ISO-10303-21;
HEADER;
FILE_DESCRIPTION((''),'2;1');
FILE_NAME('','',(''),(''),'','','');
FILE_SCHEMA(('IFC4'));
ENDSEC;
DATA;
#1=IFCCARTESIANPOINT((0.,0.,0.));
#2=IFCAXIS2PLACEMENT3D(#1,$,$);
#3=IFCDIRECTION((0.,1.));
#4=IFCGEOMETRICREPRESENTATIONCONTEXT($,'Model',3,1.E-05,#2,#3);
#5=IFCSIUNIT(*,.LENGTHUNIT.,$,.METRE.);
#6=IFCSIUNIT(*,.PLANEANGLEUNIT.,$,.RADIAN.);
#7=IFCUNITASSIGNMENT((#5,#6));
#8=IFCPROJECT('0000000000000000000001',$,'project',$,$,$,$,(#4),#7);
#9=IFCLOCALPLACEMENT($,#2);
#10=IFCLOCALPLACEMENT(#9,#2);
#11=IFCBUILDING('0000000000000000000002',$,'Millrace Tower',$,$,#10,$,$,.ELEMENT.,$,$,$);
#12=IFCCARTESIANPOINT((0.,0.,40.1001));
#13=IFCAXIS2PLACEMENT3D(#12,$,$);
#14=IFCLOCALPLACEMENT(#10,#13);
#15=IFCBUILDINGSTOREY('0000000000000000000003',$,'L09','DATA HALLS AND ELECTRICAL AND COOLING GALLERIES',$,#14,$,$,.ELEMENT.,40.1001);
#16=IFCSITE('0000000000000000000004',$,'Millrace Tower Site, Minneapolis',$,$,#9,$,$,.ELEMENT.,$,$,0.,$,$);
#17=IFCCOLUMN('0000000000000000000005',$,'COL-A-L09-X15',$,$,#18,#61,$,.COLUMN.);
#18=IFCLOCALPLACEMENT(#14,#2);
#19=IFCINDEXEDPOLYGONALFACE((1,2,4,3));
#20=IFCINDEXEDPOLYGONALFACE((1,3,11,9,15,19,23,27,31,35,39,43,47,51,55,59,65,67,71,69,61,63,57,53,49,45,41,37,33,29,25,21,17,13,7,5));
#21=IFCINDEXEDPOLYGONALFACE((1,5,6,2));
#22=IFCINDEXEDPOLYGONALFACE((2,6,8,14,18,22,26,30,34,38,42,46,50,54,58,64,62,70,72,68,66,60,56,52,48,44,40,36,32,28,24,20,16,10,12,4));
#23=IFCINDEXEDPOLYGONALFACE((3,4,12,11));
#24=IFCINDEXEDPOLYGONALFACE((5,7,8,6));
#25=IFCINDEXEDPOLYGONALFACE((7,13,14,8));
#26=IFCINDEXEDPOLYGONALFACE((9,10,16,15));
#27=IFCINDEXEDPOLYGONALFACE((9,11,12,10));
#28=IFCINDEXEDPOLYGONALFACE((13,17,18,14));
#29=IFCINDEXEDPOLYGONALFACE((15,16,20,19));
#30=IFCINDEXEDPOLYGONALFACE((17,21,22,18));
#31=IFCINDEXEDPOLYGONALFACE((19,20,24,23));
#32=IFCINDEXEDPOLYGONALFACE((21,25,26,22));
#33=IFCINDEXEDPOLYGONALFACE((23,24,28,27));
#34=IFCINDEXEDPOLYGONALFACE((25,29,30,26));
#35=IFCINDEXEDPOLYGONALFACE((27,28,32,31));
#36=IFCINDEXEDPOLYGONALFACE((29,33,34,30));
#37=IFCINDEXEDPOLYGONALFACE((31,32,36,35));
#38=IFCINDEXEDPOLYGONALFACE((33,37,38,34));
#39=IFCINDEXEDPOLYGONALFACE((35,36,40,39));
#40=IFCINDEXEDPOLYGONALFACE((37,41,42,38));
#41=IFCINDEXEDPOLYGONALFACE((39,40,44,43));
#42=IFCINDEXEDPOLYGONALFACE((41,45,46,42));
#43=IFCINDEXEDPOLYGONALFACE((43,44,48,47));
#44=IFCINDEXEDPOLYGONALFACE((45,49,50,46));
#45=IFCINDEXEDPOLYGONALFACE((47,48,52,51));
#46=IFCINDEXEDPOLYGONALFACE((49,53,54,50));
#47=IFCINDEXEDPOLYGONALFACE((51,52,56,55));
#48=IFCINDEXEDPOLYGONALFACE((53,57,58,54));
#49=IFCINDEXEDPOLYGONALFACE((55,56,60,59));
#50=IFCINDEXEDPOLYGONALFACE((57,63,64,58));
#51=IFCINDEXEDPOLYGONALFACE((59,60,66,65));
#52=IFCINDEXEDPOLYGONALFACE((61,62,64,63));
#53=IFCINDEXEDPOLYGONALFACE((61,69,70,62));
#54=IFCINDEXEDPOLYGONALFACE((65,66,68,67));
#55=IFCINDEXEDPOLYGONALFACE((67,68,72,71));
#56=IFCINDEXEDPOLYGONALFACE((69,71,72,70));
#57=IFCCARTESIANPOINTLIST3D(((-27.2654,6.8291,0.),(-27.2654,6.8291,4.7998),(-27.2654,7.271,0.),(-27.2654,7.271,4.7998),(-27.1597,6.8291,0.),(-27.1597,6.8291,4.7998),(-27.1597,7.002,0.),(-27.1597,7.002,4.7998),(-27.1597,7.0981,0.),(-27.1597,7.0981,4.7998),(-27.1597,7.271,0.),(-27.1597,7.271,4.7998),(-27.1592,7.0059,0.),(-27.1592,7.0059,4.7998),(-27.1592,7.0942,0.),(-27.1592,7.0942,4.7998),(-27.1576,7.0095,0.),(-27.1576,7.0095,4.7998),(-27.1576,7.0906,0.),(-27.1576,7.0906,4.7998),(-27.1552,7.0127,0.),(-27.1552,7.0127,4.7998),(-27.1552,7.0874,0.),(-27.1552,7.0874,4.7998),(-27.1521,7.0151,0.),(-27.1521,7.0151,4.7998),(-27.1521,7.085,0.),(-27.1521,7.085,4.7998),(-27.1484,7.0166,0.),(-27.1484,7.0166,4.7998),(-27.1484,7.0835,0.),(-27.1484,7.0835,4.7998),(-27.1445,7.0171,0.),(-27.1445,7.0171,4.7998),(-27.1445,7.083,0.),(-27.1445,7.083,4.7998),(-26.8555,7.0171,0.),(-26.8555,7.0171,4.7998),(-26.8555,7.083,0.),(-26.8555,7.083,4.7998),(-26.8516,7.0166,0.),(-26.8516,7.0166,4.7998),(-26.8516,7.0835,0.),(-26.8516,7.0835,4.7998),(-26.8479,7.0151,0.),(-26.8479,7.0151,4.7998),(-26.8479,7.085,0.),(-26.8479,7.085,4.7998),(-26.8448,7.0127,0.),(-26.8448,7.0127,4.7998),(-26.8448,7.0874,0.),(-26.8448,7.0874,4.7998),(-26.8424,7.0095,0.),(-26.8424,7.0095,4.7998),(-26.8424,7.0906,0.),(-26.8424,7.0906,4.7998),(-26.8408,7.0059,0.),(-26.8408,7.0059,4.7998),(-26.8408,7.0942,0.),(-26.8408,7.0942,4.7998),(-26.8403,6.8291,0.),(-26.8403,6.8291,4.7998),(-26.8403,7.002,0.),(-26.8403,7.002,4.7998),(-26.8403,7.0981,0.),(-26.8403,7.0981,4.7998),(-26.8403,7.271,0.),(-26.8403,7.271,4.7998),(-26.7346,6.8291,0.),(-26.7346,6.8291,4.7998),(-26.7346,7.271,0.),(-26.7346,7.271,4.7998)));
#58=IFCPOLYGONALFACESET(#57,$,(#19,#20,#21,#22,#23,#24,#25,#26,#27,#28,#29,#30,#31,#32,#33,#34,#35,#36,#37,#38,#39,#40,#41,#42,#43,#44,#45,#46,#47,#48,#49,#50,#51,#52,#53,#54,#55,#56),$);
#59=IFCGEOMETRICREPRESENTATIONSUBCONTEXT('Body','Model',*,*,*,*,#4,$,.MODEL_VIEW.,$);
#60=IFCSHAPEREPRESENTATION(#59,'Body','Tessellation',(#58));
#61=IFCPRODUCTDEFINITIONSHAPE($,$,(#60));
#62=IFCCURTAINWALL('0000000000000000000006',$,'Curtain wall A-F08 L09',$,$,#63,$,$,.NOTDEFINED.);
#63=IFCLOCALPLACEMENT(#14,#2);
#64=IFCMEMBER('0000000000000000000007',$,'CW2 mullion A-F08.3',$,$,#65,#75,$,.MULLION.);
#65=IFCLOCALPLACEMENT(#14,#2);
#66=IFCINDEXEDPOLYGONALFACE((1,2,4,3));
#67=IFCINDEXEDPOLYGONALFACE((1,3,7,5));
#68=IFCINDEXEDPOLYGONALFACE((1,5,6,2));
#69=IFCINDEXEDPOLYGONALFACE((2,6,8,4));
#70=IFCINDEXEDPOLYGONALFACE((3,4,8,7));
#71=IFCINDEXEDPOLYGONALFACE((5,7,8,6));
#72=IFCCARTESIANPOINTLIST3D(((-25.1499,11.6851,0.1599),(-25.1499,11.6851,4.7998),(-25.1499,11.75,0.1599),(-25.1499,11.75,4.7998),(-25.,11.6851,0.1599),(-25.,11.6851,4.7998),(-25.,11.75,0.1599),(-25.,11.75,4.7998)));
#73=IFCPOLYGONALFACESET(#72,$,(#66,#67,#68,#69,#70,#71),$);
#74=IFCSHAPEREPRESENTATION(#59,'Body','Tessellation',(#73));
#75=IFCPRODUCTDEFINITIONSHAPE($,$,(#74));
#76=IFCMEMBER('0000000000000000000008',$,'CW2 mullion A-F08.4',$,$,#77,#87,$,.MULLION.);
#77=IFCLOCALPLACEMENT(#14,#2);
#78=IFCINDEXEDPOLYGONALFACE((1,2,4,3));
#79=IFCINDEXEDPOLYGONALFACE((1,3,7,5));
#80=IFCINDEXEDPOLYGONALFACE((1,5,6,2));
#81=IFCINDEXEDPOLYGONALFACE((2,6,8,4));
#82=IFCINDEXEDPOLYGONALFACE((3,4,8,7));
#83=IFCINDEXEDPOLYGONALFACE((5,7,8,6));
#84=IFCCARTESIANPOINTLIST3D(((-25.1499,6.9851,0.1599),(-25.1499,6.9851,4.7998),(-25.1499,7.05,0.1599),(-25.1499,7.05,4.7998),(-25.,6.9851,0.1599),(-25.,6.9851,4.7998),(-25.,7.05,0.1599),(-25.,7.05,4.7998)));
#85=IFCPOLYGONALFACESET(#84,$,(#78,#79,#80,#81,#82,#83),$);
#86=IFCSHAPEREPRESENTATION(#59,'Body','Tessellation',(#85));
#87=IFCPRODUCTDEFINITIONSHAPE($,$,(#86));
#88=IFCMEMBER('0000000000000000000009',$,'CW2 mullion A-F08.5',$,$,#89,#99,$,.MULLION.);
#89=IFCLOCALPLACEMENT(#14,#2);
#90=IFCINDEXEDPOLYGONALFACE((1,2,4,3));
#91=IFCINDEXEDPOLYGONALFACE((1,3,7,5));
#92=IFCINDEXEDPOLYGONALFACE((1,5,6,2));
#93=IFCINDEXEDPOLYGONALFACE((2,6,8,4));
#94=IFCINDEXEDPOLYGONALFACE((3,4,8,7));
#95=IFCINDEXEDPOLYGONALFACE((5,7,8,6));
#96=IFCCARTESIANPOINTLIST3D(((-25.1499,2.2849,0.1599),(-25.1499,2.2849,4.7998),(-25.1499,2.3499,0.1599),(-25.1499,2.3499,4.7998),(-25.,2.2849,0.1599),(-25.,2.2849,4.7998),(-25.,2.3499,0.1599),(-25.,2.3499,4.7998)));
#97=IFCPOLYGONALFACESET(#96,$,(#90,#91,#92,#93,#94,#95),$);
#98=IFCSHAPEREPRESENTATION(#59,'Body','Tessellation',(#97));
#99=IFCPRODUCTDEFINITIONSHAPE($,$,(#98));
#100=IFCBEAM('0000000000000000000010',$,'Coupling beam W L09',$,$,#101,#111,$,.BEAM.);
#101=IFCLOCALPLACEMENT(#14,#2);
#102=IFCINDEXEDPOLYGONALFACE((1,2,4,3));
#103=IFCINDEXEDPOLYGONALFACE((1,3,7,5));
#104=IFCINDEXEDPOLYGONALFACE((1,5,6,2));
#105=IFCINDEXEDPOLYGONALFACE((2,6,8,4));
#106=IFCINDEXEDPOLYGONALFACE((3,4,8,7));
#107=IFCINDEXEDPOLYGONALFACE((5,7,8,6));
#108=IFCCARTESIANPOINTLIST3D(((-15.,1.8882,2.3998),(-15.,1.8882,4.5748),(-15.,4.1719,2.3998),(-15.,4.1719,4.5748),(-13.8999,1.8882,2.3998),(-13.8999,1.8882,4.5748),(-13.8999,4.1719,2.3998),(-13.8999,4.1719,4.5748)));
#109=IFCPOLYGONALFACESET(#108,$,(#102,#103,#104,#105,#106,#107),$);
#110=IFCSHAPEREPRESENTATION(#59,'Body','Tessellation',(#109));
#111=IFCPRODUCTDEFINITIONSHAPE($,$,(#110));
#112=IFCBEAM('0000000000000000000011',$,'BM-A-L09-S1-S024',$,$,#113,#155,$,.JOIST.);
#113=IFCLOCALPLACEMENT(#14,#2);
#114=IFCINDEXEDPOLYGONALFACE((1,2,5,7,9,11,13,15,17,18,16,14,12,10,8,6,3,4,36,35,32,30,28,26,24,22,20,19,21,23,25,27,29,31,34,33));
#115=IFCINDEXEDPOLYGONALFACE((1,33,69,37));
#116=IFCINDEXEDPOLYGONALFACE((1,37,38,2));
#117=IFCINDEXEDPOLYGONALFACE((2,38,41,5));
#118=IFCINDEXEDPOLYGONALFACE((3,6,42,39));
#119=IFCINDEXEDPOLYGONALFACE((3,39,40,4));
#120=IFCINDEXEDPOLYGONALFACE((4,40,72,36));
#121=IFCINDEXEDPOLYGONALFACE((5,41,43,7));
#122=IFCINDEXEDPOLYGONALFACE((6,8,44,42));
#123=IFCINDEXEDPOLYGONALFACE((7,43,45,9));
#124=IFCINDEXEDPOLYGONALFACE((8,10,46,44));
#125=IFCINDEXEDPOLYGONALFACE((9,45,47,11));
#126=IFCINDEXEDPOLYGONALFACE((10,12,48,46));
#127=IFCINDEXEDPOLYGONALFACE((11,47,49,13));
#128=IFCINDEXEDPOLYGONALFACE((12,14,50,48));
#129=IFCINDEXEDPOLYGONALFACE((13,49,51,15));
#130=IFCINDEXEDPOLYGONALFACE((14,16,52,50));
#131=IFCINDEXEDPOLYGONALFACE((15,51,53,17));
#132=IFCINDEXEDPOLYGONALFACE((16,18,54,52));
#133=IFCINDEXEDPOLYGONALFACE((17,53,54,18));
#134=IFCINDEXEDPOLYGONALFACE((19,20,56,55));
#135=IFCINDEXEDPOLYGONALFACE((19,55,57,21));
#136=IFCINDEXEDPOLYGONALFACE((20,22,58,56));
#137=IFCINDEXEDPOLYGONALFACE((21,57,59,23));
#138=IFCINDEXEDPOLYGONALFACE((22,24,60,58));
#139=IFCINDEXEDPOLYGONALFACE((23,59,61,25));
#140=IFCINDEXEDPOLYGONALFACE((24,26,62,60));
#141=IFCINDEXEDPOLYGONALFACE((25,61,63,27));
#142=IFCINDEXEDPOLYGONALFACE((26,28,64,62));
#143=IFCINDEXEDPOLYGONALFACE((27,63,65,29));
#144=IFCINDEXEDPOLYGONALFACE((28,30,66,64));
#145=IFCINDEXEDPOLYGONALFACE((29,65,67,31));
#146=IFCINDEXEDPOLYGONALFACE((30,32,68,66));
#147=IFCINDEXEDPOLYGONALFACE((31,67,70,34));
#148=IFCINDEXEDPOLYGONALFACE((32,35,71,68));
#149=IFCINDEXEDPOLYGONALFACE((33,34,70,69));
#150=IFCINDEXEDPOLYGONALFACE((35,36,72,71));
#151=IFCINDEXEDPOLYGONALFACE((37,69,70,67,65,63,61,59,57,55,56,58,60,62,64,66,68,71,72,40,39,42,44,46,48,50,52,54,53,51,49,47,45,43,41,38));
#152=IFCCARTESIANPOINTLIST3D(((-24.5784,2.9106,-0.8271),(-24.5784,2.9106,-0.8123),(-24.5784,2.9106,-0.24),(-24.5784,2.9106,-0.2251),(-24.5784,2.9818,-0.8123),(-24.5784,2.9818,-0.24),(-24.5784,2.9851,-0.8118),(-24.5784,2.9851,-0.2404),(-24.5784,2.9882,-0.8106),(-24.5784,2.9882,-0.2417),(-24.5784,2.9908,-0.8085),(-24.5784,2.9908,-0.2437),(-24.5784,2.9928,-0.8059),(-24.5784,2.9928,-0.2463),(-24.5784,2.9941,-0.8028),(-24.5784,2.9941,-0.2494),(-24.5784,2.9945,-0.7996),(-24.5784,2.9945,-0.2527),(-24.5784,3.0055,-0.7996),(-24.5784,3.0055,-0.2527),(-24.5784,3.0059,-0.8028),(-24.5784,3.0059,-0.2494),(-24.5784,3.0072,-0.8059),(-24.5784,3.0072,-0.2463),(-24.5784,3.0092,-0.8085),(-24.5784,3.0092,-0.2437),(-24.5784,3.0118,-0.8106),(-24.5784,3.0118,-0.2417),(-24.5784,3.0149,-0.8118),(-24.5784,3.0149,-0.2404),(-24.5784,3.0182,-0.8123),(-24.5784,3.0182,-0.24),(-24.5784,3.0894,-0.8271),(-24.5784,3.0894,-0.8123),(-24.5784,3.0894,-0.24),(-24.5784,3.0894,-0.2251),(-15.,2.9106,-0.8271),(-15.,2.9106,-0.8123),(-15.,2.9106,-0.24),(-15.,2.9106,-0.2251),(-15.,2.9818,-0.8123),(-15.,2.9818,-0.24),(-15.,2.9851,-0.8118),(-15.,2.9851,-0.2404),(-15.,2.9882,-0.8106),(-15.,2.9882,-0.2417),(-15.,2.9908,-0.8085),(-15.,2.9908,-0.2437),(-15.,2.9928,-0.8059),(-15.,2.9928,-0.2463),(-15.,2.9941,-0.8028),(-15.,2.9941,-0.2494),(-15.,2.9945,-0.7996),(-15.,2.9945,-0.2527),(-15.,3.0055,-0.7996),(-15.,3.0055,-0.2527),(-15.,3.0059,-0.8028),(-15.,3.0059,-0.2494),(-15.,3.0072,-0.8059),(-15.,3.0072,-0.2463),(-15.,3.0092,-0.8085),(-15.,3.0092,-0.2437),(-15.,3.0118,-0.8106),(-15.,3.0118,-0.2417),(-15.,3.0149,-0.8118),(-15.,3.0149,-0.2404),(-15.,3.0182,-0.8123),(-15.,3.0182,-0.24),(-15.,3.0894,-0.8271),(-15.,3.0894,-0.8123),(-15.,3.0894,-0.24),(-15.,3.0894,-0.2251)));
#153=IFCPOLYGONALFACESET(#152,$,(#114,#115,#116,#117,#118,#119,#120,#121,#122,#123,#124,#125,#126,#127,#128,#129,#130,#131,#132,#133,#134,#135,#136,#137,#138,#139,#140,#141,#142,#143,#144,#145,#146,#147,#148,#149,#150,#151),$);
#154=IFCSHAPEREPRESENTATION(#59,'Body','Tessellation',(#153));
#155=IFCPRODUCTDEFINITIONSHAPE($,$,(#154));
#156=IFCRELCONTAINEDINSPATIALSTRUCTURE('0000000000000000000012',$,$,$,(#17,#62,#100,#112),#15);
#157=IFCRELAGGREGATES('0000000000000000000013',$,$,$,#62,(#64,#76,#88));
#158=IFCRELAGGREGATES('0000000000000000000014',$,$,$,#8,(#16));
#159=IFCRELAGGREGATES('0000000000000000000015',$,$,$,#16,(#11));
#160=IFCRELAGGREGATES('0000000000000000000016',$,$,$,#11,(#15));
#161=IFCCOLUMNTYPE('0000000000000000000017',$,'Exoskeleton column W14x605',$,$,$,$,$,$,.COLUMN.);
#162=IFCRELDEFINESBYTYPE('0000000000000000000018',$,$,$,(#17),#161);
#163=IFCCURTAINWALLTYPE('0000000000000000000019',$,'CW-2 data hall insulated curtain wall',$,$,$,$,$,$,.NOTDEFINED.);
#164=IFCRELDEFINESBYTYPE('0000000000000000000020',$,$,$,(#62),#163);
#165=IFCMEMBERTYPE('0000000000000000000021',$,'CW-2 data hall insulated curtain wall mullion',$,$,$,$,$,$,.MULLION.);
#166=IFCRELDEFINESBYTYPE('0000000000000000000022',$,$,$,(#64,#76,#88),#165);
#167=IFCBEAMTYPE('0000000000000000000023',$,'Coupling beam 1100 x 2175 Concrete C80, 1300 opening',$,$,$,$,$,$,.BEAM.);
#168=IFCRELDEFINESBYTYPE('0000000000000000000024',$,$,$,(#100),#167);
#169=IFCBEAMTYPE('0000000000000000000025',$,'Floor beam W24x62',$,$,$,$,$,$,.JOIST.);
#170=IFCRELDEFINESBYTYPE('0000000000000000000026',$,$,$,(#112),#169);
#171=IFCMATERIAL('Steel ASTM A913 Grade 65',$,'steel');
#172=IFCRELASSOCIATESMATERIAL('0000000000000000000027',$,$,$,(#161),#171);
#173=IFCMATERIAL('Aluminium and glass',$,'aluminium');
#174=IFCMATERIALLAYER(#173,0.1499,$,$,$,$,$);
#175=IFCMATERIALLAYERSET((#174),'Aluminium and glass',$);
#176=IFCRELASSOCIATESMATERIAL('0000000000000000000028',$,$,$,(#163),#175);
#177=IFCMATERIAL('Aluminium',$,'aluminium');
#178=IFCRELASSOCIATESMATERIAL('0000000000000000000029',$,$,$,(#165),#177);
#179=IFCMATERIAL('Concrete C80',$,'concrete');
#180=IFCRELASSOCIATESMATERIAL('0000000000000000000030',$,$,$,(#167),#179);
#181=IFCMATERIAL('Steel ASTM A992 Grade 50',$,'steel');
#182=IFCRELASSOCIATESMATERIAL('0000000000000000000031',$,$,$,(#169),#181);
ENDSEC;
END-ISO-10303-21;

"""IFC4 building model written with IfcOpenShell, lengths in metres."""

from ifc_helpers import new_model, si_unit, direction, frame, origin, origin_2d, place, context, subcontext, project, spatial, rectangle, i_section, extrude, material, layer, layer_set, material_profile, profile_set, type_object, element, aggregate, save


model = new_model("IFC4")

# Units and contexts
model_context = context("Model", 3, precision=1e-05, world=origin(), true_north=direction((0.0, 1.0)))
body_context = subcontext(model_context, "Body", "Model", "MODEL_VIEW")
ifc_project = project(units=[si_unit("LENGTHUNIT", "METRE"), si_unit("PLANEANGLEUNIT", "RADIAN")], contexts=[model_context])

# Site, building, storey
site_placement = place(None, origin())
site = spatial("IfcSite", under=ifc_project, at=site_placement, Name="Millrace Tower Site, Minneapolis", CompositionType="ELEMENT", RefElevation=0.0)
building_placement = place(site_placement, origin())
building = spatial("IfcBuilding", under=site, at=building_placement, Name="Millrace Tower", CompositionType="ELEMENT")
storey_placement = place(building_placement, frame((0.0, 0.0, 40.1001)))
storey = spatial("IfcBuildingStorey", under=building, at=storey_placement, Name="L09", Description="DATA HALLS AND ELECTRICAL AND COOLING GALLERIES", CompositionType="ELEMENT", Elevation=40.1001)

# Column
ifc_material_1 = material(Name="Steel ASTM A913 Grade 65", Category="steel")
ifc_material_profile_1 = material_profile(ifc_material_1, i_section(OverallWidth=0.4419, OverallDepth=0.5308, WebThickness=0.0659, FlangeThickness=0.1057, FilletRadius=0.0151, at=origin_2d()))
ifc_profile_set_1 = profile_set([ifc_material_profile_1], Name="Steel ASTM A913 Grade 65")
column_type = type_object("IfcColumnType", Name="Exoskeleton column W14x605", PredefinedType="COLUMN", material=ifc_profile_set_1)
column_placement = place(storey_placement, frame((-27.0, 7.05, 0.0), z_axis=(0.0, 0.0, 1.0), x_axis=(0.0, -1.0, 0.0)))
element("IfcColumn", 1, at=column_placement, inside=storey, type_object=column_type, Name="COL-A-L09-X15", PredefinedType="COLUMN", context=body_context, shape_type="SweptSolid", body=[
    extrude(i_section(OverallWidth=0.4419, OverallDepth=0.5308, WebThickness=0.0659, FlangeThickness=0.1057, FilletRadius=0.0151, at=origin_2d()), origin(), (0.0, 0.0, 1.0), 4.7998),
])

# Curtain wall, members
ifc_material_2 = material(Name="Aluminium and glass", Category="aluminium")
ifc_layer_1 = layer(ifc_material_2, 0.1499)
ifc_layer_set_1 = layer_set([ifc_layer_1], Name="Aluminium and glass")
curtain_wall_type = type_object("IfcCurtainWallType", Name="CW-2 data hall insulated curtain wall", PredefinedType="NOTDEFINED", material=ifc_layer_set_1)
placement = place(storey_placement, origin())
curtain_wall = element("IfcCurtainWall", 2, at=placement, inside=storey, type_object=curtain_wall_type, Name="Curtain wall A-F08 L09", PredefinedType="NOTDEFINED")
ifc_material_3 = material(Name="Aluminium", Category="aluminium")
ifc_material_profile_2 = material_profile(ifc_material_3, rectangle(XDim=0.0649, YDim=0.1499, at=origin_2d()))
ifc_profile_set_2 = profile_set([ifc_material_profile_2], Name="Aluminium")
member_type = type_object("IfcMemberType", Name="CW-2 data hall insulated curtain wall mullion", PredefinedType="MULLION", material=ifc_profile_set_2)
member_1_placement = place(storey_placement, frame((-25.075, 11.7175, 0.1599), z_axis=(0.0, 0.0, 1.0), x_axis=(0.0, -1.0, 0.0)))
member_1 = element("IfcMember", 3, at=member_1_placement, type_object=member_type, Name="CW2 mullion A-F08.3", PredefinedType="MULLION", context=body_context, shape_type="SweptSolid", body=[
    extrude(rectangle(XDim=0.0649, YDim=0.1499, at=origin_2d()), origin(), (0.0, 0.0, 1.0), 4.6399),
])
member_2_placement = place(storey_placement, frame((-25.075, 7.0176, 0.1599), z_axis=(0.0, 0.0, 1.0), x_axis=(0.0, -1.0, 0.0)))
member_2 = element("IfcMember", 4, at=member_2_placement, type_object=member_type, Name="CW2 mullion A-F08.4", PredefinedType="MULLION", context=body_context, shape_type="SweptSolid", body=[
    extrude(rectangle(XDim=0.0649, YDim=0.1499, at=origin_2d()), origin(), (0.0, 0.0, 1.0), 4.6399),
])
member_3_placement = place(storey_placement, frame((-25.075, 2.3174, 0.1599), z_axis=(0.0, 0.0, 1.0), x_axis=(0.0, -1.0, 0.0)))
member_3 = element("IfcMember", 5, at=member_3_placement, type_object=member_type, Name="CW2 mullion A-F08.5", PredefinedType="MULLION", context=body_context, shape_type="SweptSolid", body=[
    extrude(rectangle(XDim=0.0649, YDim=0.1499, at=origin_2d()), origin(), (0.0, 0.0, 1.0), 4.6399),
])
aggregate(curtain_wall, [member_1, member_2, member_3])

# Beams
ifc_material_4 = material(Name="Concrete C80", Category="concrete")
ifc_material_profile_3 = material_profile(ifc_material_4, rectangle(XDim=1.1001, YDim=2.175, at=origin_2d()))
ifc_profile_set_3 = profile_set([ifc_material_profile_3], Name="Concrete C80")
beam_type_1 = type_object("IfcBeamType", Name="Coupling beam 1100 x 2175 Concrete C80, 1300 opening", PredefinedType="BEAM", material=ifc_profile_set_3)
beam_1_placement = place(storey_placement, frame((-14.45, 1.8882, 3.4873), z_axis=(0.0, 1.0, 0.0), x_axis=(-1.0, 0.0, 0.0)))
element("IfcBeam", 6, at=beam_1_placement, inside=storey, type_object=beam_type_1, Name="Coupling beam W L09", PredefinedType="BEAM", context=body_context, shape_type="SweptSolid", body=[
    extrude(rectangle(XDim=1.1001, YDim=2.175, at=origin_2d()), origin(), (0.0, 0.0, 1.0), 2.2837),
])
ifc_material_5 = material(Name="Steel ASTM A992 Grade 50", Category="steel")
ifc_material_profile_4 = material_profile(ifc_material_5, i_section(OverallWidth=0.1787, OverallDepth=0.6021, WebThickness=0.011, FlangeThickness=0.0149, FilletRadius=0.0127, at=origin_2d()))
ifc_profile_set_4 = profile_set([ifc_material_profile_4], Name="Steel ASTM A992 Grade 50")
beam_type_2 = type_object("IfcBeamType", Name="Floor beam W24x62", PredefinedType="JOIST", material=ifc_profile_set_4)
for number, where, z_axis, x_axis, name in (
    (7, (-24.5784, 3.0, -0.5261), (1.0, 0.0, 0.0), (0.0, 1.0, 0.0), "BM-A-L09-S1-S024"),
):
    element("IfcBeam", number, at=place(storey_placement, frame(where, z_axis=z_axis, x_axis=x_axis)), inside=storey, type_object=beam_type_2, Name=name, PredefinedType="JOIST", context=body_context, shape_type="SweptSolid", body=[
        extrude(i_section(OverallWidth=0.1787, OverallDepth=0.6021, WebThickness=0.011, FlangeThickness=0.0149, FilletRadius=0.0127, at=origin_2d()), origin(), (0.0, 0.0, 1.0), 9.5784),
    ])

save(model, "model.ifc")
